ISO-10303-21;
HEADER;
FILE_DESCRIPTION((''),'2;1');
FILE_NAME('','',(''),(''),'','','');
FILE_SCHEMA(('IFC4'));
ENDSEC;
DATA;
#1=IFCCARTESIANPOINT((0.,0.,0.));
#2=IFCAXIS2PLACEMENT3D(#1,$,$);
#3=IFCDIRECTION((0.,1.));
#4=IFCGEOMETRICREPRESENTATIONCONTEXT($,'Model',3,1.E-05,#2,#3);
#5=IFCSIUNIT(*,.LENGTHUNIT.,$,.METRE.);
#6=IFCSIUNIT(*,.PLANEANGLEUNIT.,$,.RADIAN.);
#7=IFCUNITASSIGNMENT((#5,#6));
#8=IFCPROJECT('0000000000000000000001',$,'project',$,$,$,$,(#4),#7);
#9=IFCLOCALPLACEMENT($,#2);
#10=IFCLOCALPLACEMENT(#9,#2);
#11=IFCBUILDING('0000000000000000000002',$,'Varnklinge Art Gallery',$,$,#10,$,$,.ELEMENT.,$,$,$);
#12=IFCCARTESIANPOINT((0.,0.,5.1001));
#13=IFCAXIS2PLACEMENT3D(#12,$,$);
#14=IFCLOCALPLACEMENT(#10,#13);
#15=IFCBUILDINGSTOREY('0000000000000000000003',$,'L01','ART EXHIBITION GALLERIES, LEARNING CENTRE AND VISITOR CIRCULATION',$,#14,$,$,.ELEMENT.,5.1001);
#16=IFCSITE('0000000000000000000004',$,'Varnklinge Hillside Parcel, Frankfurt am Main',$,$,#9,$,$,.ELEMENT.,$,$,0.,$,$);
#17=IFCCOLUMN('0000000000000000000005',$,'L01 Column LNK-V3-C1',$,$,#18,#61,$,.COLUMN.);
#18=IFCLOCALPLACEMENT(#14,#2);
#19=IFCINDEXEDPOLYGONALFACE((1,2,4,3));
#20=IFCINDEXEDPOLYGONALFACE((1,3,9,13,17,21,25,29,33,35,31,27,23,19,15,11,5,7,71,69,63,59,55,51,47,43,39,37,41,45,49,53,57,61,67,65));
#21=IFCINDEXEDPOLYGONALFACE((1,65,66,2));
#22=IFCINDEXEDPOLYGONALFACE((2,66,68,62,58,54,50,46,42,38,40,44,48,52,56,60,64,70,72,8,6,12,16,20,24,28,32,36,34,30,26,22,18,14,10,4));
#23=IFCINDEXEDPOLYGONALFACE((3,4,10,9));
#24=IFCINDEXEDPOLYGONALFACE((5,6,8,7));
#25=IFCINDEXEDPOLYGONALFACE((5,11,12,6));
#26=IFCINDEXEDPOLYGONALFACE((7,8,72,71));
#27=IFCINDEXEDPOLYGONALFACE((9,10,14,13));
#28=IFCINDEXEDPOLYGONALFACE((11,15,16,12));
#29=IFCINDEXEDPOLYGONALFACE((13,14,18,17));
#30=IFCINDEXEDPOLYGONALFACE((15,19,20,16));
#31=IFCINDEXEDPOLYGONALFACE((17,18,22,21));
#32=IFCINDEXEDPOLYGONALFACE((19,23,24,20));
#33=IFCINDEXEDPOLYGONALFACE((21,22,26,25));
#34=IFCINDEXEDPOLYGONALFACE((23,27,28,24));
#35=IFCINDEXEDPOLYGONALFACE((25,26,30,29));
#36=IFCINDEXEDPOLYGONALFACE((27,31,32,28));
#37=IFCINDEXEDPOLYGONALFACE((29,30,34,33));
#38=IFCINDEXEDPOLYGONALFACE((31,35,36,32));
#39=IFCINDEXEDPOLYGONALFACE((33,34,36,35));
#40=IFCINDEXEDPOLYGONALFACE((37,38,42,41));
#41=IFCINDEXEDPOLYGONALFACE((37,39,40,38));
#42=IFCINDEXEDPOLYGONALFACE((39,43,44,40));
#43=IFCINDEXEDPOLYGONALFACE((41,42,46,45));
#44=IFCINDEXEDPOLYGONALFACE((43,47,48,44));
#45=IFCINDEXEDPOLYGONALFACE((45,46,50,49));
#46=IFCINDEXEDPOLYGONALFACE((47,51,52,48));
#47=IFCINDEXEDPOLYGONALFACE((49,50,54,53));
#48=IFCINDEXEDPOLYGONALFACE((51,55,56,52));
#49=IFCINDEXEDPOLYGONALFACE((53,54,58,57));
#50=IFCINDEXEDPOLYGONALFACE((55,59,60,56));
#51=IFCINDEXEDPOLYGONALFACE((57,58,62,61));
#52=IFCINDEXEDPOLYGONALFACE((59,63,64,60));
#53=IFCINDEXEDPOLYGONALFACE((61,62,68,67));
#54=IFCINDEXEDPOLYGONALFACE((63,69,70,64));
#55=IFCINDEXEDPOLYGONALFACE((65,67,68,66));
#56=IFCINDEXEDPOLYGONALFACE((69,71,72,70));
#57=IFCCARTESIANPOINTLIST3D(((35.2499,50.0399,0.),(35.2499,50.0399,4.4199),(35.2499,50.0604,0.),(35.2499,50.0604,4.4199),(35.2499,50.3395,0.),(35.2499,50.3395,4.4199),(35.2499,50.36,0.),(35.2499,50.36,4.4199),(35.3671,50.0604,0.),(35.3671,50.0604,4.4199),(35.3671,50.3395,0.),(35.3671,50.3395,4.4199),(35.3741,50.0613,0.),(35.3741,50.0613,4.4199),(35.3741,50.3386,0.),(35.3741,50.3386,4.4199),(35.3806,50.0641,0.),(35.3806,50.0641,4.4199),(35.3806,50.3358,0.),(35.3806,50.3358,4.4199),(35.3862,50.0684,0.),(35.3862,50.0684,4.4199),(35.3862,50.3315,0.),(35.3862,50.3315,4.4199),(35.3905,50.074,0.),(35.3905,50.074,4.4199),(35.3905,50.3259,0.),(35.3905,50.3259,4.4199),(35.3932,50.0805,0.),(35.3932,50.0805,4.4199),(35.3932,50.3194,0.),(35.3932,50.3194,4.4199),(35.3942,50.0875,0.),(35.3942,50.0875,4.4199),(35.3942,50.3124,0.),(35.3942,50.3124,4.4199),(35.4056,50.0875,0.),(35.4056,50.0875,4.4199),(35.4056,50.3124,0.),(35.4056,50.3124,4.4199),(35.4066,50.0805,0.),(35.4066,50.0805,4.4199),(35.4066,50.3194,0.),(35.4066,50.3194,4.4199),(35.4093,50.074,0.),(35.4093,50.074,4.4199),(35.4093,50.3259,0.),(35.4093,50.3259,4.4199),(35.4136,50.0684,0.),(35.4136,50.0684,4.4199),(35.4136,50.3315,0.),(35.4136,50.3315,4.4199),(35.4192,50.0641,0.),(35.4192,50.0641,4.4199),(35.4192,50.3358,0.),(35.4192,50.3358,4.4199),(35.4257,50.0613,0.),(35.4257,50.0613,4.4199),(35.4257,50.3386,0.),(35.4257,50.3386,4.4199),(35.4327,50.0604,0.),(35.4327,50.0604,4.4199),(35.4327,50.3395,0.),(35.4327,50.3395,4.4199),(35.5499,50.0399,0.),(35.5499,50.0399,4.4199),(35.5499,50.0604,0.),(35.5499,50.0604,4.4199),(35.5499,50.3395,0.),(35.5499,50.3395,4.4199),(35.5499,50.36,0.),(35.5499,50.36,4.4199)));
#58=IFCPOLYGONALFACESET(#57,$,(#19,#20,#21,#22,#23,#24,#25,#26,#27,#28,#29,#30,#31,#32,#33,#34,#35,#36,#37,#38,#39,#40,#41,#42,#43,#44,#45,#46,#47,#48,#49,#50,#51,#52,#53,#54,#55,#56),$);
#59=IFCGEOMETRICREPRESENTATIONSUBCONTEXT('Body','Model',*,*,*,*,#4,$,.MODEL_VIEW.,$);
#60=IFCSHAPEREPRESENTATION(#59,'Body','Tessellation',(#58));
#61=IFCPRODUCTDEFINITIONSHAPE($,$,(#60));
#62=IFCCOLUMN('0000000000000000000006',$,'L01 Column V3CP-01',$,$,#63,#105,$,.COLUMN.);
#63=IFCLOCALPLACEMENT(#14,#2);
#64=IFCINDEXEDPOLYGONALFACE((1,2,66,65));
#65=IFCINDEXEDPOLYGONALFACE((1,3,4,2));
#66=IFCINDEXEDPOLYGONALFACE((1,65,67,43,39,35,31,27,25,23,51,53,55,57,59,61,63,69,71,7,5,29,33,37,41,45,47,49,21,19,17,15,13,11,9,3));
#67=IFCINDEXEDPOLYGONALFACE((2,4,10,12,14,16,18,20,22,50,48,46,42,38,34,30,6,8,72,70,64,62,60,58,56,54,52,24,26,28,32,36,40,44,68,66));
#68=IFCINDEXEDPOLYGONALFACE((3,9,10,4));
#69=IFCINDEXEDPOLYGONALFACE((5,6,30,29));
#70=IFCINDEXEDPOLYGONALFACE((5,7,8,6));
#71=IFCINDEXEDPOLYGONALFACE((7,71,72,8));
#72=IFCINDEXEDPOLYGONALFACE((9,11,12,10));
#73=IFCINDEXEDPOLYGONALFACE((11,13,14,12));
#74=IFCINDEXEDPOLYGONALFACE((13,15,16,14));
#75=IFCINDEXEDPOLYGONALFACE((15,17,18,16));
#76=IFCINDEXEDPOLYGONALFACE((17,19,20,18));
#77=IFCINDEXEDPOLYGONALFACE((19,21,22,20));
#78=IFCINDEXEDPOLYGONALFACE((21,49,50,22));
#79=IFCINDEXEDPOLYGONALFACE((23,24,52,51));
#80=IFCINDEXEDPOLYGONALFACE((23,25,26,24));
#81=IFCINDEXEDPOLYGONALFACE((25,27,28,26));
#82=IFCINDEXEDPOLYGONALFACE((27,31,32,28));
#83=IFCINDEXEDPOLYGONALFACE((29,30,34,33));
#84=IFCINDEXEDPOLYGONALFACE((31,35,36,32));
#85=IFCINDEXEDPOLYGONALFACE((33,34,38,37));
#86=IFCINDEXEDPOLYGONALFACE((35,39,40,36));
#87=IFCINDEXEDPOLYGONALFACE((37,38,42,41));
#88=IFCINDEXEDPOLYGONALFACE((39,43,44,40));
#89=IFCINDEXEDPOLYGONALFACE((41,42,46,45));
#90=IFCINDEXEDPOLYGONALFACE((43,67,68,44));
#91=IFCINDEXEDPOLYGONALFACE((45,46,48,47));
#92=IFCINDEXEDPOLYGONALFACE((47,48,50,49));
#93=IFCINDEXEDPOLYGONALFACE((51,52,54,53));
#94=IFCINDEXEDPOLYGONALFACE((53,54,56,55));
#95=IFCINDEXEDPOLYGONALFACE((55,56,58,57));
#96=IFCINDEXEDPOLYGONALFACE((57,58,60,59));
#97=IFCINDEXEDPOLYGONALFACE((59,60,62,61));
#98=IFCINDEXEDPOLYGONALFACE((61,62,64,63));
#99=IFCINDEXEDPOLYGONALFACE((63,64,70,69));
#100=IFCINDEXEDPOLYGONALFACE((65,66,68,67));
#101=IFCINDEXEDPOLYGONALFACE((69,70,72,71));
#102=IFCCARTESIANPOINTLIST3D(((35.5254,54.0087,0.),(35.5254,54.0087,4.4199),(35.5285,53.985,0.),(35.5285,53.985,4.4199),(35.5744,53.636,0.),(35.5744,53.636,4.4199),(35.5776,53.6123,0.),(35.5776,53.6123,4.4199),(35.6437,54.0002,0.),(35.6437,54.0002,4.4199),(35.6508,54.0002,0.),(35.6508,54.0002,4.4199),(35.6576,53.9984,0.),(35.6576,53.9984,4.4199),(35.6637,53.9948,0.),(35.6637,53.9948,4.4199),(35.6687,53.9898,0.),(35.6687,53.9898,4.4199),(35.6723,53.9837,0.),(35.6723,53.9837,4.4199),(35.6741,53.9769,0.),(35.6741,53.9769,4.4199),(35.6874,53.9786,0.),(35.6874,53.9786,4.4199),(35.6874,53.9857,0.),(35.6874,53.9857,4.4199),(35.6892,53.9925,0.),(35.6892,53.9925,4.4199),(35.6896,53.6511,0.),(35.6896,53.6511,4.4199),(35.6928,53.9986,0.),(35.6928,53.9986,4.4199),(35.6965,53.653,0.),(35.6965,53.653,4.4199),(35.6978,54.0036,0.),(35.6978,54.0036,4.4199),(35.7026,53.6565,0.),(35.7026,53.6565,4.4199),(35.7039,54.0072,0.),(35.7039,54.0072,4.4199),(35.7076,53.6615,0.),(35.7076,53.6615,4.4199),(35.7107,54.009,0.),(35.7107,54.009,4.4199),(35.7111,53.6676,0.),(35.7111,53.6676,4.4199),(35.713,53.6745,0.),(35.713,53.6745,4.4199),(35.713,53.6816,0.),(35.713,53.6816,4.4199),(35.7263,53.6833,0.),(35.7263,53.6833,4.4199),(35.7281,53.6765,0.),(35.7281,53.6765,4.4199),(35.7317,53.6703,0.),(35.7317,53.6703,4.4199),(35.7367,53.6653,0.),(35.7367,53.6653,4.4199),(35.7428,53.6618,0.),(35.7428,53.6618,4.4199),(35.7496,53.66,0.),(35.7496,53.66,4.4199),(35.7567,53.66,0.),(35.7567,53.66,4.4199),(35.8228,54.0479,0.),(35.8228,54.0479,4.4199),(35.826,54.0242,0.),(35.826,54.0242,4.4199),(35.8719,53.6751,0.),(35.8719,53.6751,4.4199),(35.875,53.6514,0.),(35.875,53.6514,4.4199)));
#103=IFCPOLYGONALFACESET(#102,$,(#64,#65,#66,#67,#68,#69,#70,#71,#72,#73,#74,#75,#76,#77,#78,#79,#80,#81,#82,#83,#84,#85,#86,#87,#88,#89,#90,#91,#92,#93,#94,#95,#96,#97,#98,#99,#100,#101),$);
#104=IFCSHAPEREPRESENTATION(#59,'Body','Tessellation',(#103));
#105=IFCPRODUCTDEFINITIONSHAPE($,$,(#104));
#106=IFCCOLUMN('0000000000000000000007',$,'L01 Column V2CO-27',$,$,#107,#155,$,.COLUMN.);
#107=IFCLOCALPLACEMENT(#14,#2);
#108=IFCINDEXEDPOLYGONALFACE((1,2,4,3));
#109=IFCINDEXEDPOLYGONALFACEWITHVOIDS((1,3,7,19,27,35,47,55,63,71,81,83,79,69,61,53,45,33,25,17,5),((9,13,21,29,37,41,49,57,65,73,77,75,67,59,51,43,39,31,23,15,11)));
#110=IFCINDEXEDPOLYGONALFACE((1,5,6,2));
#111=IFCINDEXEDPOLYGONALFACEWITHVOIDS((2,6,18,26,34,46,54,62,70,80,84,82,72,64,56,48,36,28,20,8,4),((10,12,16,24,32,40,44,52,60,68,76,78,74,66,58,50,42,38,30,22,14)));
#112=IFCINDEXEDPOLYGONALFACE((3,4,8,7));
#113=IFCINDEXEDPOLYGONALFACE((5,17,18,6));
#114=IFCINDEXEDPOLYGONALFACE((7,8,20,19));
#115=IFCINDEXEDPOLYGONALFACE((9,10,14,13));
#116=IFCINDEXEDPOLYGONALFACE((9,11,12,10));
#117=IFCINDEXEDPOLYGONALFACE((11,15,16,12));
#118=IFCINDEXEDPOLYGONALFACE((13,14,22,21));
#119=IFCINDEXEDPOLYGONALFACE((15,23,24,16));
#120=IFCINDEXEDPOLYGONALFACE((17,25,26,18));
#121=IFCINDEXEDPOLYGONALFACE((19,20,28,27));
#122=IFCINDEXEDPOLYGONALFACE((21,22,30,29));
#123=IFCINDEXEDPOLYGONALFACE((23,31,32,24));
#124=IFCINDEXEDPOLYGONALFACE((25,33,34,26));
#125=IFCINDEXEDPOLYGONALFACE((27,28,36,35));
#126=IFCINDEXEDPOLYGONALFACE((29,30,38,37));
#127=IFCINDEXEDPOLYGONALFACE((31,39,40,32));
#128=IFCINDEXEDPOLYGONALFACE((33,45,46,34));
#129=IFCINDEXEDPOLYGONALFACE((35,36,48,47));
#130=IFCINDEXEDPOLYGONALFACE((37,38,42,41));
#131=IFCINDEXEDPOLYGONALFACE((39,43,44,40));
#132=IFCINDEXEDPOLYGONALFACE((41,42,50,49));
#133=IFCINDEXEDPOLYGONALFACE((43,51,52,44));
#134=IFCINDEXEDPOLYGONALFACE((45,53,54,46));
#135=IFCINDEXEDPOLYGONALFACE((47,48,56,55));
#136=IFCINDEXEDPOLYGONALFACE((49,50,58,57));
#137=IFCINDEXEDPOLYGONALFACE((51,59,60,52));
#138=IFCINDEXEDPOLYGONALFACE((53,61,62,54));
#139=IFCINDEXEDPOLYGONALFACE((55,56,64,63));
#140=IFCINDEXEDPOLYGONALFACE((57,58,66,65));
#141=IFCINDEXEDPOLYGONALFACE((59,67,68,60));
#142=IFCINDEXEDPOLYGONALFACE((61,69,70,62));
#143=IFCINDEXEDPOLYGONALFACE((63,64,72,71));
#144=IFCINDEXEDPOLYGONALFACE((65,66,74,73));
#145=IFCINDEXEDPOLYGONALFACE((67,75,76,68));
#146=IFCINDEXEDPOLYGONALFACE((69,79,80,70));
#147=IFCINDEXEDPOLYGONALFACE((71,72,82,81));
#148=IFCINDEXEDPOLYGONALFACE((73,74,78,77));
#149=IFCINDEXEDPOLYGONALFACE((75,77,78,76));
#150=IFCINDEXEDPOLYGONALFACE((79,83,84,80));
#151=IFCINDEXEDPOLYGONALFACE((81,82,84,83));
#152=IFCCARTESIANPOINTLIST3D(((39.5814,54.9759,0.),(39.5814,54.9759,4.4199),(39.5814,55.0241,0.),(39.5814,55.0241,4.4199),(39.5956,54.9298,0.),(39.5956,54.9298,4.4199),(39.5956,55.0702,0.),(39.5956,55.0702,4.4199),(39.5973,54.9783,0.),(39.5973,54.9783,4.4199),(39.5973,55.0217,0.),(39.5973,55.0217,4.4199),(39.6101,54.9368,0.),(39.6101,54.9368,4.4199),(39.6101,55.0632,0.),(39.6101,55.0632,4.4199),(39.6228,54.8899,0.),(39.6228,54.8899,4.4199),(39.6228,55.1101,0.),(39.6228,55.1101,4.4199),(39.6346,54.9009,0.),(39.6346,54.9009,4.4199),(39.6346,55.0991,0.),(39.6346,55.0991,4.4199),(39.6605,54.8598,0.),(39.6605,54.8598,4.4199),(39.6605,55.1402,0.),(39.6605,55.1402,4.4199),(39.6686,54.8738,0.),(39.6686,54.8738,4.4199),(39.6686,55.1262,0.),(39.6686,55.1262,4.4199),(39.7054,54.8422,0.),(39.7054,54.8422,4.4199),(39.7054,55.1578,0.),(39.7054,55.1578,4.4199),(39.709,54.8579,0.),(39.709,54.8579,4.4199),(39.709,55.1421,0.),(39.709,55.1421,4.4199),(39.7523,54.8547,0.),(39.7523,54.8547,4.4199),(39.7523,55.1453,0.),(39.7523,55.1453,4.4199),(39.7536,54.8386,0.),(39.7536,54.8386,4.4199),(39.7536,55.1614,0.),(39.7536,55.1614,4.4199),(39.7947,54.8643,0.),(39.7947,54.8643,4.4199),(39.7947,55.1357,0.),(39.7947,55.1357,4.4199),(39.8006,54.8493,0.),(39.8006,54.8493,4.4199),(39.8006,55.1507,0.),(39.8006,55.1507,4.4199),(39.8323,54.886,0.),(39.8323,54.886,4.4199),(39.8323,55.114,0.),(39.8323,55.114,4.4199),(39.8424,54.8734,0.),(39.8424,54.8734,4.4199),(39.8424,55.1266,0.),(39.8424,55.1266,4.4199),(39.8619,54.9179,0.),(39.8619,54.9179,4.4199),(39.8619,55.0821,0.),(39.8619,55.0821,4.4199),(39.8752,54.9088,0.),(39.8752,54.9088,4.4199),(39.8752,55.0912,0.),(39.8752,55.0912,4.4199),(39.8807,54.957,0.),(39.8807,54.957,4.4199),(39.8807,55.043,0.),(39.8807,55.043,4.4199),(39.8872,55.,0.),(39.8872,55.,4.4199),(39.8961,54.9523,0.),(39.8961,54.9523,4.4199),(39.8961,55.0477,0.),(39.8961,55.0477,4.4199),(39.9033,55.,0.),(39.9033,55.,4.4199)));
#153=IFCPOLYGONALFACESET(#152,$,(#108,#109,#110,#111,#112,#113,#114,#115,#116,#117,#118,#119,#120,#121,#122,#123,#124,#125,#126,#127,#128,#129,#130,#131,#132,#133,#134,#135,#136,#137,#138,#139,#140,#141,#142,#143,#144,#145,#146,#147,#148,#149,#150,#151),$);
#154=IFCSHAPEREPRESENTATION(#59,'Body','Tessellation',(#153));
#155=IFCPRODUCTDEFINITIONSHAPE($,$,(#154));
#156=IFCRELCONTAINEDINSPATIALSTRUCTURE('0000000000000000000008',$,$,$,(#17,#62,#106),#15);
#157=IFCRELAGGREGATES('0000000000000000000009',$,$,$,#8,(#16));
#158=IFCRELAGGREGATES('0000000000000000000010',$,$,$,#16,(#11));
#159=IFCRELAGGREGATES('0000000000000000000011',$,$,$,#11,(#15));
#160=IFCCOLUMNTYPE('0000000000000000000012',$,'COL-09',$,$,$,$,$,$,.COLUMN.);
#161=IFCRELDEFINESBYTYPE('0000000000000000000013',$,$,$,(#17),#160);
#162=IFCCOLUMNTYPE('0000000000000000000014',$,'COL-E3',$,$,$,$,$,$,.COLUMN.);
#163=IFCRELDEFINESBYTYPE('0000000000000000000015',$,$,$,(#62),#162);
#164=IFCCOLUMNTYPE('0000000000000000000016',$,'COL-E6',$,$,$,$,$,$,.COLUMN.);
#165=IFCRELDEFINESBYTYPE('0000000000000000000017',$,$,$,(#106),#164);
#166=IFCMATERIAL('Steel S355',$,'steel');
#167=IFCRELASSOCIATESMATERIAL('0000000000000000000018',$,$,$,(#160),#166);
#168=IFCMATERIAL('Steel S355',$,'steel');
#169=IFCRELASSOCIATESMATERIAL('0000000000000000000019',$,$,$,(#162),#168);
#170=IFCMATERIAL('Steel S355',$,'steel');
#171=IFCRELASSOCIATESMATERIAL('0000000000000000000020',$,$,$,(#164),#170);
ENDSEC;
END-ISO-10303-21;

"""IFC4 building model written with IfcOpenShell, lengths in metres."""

from ifc_helpers import new_model, si_unit, direction, frame, origin, origin_2d, place, context, subcontext, project, spatial, hollow_circle, i_section, extrude, material, material_profile, profile_set, type_object, element, save


model = new_model("IFC4")

# Units and contexts
model_context = context("Model", 3, precision=1e-05, world=origin(), true_north=direction((0.0, 1.0)))
body_context = subcontext(model_context, "Body", "Model", "MODEL_VIEW")
ifc_project = project(units=[si_unit("LENGTHUNIT", "METRE"), si_unit("PLANEANGLEUNIT", "RADIAN")], contexts=[model_context])

# Site, building, storey
site_placement = place(None, origin())
site = spatial("IfcSite", under=ifc_project, at=site_placement, Name="Varnklinge Hillside Parcel, Frankfurt am Main", CompositionType="ELEMENT", RefElevation=0.0)
building_placement = place(site_placement, origin())
building = spatial("IfcBuilding", under=site, at=building_placement, Name="Varnklinge Art Gallery", CompositionType="ELEMENT")
storey_placement = place(building_placement, frame((0.0, 0.0, 5.1001)))
storey = spatial("IfcBuildingStorey", under=building, at=storey_placement, Name="L01", Description="ART EXHIBITION GALLERIES, LEARNING CENTRE AND VISITOR CIRCULATION", CompositionType="ELEMENT", Elevation=5.1001)

# Columns
ifc_material_1 = material(Name="Steel S355", Category="steel")
ifc_material_profile_1 = material_profile(ifc_material_1, i_section(OverallWidth=0.3, OverallDepth=0.3201, WebThickness=0.0115, FlangeThickness=0.0205, FilletRadius=0.0271, at=origin_2d()), Name="HEB 320")
ifc_profile_set_1 = profile_set([ifc_material_profile_1], Name="Steel S355")
column_type_1 = type_object("IfcColumnType", Name="COL-09", PredefinedType="COLUMN", material=ifc_profile_set_1)
column_1_placement = place(storey_placement, frame((35.3999, 50.2, 0.0), z_axis=(0.0, 0.0, 1.0), x_axis=(1.0, 0.0, 0.0)))
element("IfcColumn", 1, at=column_1_placement, inside=storey, type_object=column_type_1, Name="L01 Column LNK-V3-C1", PredefinedType="COLUMN", context=body_context, shape_type="SweptSolid", body=[
    extrude(i_section(OverallWidth=0.3, OverallDepth=0.3201, WebThickness=0.0115, FlangeThickness=0.0205, FilletRadius=0.0271, at=origin_2d()), origin(), (0.0, 0.0, 1.0), 4.4199),
])
ifc_material_2 = material(Name="Steel S355", Category="steel")
ifc_material_profile_2 = material_profile(ifc_material_2, i_section(OverallWidth=0.3, OverallDepth=0.3999, WebThickness=0.0134, FlangeThickness=0.0239, FilletRadius=0.0271, at=origin_2d()), Name="HEB 400")
ifc_profile_set_2 = profile_set([ifc_material_profile_2], Name="Steel S355")
column_type_2 = type_object("IfcColumnType", Name="COL-E3", PredefinedType="COLUMN", material=ifc_profile_set_2)
column_2_placement = place(storey_placement, frame((35.7002, 53.8301, 0.0), z_axis=(0.0, 0.0, 1.0), x_axis=(0.991445, 0.130526, 0.0)))
element("IfcColumn", 2, at=column_2_placement, inside=storey, type_object=column_type_2, Name="L01 Column V3CP-01", PredefinedType="COLUMN", context=body_context, shape_type="SweptSolid", body=[
    extrude(i_section(OverallWidth=0.3, OverallDepth=0.3999, WebThickness=0.0134, FlangeThickness=0.0239, FilletRadius=0.0271, at=origin_2d()), origin(), (0.0, 0.0, 1.0), 4.4199),
])
ifc_material_3 = material(Name="Steel S355", Category="steel")
ifc_material_profile_3 = material_profile(ifc_material_3, hollow_circle(Radius=0.1619, WallThickness=0.0161, at=origin_2d()), Name="CHS 323.9x16")
ifc_profile_set_3 = profile_set([ifc_material_profile_3], Name="Steel S355")
column_type_3 = type_object("IfcColumnType", Name="COL-E6", PredefinedType="COLUMN", material=ifc_profile_set_3)
for number, where, z_axis, x_axis, name in (
    (3, (39.7415, 55.0, 0.0), (0.0, 0.0, 1.0), (1.0, 0.0, 0.0), "L01 Column V2CO-27"),
):
    element("IfcColumn", number, at=place(storey_placement, frame(where, z_axis=z_axis, x_axis=x_axis)), inside=storey, type_object=column_type_3, Name=name, PredefinedType="COLUMN", context=body_context, shape_type="SweptSolid", body=[
        extrude(hollow_circle(Radius=0.1619, WallThickness=0.0161, at=origin_2d()), origin(), (0.0, 0.0, 1.0), 4.4199),
    ])

save(model, "model.ifc")
